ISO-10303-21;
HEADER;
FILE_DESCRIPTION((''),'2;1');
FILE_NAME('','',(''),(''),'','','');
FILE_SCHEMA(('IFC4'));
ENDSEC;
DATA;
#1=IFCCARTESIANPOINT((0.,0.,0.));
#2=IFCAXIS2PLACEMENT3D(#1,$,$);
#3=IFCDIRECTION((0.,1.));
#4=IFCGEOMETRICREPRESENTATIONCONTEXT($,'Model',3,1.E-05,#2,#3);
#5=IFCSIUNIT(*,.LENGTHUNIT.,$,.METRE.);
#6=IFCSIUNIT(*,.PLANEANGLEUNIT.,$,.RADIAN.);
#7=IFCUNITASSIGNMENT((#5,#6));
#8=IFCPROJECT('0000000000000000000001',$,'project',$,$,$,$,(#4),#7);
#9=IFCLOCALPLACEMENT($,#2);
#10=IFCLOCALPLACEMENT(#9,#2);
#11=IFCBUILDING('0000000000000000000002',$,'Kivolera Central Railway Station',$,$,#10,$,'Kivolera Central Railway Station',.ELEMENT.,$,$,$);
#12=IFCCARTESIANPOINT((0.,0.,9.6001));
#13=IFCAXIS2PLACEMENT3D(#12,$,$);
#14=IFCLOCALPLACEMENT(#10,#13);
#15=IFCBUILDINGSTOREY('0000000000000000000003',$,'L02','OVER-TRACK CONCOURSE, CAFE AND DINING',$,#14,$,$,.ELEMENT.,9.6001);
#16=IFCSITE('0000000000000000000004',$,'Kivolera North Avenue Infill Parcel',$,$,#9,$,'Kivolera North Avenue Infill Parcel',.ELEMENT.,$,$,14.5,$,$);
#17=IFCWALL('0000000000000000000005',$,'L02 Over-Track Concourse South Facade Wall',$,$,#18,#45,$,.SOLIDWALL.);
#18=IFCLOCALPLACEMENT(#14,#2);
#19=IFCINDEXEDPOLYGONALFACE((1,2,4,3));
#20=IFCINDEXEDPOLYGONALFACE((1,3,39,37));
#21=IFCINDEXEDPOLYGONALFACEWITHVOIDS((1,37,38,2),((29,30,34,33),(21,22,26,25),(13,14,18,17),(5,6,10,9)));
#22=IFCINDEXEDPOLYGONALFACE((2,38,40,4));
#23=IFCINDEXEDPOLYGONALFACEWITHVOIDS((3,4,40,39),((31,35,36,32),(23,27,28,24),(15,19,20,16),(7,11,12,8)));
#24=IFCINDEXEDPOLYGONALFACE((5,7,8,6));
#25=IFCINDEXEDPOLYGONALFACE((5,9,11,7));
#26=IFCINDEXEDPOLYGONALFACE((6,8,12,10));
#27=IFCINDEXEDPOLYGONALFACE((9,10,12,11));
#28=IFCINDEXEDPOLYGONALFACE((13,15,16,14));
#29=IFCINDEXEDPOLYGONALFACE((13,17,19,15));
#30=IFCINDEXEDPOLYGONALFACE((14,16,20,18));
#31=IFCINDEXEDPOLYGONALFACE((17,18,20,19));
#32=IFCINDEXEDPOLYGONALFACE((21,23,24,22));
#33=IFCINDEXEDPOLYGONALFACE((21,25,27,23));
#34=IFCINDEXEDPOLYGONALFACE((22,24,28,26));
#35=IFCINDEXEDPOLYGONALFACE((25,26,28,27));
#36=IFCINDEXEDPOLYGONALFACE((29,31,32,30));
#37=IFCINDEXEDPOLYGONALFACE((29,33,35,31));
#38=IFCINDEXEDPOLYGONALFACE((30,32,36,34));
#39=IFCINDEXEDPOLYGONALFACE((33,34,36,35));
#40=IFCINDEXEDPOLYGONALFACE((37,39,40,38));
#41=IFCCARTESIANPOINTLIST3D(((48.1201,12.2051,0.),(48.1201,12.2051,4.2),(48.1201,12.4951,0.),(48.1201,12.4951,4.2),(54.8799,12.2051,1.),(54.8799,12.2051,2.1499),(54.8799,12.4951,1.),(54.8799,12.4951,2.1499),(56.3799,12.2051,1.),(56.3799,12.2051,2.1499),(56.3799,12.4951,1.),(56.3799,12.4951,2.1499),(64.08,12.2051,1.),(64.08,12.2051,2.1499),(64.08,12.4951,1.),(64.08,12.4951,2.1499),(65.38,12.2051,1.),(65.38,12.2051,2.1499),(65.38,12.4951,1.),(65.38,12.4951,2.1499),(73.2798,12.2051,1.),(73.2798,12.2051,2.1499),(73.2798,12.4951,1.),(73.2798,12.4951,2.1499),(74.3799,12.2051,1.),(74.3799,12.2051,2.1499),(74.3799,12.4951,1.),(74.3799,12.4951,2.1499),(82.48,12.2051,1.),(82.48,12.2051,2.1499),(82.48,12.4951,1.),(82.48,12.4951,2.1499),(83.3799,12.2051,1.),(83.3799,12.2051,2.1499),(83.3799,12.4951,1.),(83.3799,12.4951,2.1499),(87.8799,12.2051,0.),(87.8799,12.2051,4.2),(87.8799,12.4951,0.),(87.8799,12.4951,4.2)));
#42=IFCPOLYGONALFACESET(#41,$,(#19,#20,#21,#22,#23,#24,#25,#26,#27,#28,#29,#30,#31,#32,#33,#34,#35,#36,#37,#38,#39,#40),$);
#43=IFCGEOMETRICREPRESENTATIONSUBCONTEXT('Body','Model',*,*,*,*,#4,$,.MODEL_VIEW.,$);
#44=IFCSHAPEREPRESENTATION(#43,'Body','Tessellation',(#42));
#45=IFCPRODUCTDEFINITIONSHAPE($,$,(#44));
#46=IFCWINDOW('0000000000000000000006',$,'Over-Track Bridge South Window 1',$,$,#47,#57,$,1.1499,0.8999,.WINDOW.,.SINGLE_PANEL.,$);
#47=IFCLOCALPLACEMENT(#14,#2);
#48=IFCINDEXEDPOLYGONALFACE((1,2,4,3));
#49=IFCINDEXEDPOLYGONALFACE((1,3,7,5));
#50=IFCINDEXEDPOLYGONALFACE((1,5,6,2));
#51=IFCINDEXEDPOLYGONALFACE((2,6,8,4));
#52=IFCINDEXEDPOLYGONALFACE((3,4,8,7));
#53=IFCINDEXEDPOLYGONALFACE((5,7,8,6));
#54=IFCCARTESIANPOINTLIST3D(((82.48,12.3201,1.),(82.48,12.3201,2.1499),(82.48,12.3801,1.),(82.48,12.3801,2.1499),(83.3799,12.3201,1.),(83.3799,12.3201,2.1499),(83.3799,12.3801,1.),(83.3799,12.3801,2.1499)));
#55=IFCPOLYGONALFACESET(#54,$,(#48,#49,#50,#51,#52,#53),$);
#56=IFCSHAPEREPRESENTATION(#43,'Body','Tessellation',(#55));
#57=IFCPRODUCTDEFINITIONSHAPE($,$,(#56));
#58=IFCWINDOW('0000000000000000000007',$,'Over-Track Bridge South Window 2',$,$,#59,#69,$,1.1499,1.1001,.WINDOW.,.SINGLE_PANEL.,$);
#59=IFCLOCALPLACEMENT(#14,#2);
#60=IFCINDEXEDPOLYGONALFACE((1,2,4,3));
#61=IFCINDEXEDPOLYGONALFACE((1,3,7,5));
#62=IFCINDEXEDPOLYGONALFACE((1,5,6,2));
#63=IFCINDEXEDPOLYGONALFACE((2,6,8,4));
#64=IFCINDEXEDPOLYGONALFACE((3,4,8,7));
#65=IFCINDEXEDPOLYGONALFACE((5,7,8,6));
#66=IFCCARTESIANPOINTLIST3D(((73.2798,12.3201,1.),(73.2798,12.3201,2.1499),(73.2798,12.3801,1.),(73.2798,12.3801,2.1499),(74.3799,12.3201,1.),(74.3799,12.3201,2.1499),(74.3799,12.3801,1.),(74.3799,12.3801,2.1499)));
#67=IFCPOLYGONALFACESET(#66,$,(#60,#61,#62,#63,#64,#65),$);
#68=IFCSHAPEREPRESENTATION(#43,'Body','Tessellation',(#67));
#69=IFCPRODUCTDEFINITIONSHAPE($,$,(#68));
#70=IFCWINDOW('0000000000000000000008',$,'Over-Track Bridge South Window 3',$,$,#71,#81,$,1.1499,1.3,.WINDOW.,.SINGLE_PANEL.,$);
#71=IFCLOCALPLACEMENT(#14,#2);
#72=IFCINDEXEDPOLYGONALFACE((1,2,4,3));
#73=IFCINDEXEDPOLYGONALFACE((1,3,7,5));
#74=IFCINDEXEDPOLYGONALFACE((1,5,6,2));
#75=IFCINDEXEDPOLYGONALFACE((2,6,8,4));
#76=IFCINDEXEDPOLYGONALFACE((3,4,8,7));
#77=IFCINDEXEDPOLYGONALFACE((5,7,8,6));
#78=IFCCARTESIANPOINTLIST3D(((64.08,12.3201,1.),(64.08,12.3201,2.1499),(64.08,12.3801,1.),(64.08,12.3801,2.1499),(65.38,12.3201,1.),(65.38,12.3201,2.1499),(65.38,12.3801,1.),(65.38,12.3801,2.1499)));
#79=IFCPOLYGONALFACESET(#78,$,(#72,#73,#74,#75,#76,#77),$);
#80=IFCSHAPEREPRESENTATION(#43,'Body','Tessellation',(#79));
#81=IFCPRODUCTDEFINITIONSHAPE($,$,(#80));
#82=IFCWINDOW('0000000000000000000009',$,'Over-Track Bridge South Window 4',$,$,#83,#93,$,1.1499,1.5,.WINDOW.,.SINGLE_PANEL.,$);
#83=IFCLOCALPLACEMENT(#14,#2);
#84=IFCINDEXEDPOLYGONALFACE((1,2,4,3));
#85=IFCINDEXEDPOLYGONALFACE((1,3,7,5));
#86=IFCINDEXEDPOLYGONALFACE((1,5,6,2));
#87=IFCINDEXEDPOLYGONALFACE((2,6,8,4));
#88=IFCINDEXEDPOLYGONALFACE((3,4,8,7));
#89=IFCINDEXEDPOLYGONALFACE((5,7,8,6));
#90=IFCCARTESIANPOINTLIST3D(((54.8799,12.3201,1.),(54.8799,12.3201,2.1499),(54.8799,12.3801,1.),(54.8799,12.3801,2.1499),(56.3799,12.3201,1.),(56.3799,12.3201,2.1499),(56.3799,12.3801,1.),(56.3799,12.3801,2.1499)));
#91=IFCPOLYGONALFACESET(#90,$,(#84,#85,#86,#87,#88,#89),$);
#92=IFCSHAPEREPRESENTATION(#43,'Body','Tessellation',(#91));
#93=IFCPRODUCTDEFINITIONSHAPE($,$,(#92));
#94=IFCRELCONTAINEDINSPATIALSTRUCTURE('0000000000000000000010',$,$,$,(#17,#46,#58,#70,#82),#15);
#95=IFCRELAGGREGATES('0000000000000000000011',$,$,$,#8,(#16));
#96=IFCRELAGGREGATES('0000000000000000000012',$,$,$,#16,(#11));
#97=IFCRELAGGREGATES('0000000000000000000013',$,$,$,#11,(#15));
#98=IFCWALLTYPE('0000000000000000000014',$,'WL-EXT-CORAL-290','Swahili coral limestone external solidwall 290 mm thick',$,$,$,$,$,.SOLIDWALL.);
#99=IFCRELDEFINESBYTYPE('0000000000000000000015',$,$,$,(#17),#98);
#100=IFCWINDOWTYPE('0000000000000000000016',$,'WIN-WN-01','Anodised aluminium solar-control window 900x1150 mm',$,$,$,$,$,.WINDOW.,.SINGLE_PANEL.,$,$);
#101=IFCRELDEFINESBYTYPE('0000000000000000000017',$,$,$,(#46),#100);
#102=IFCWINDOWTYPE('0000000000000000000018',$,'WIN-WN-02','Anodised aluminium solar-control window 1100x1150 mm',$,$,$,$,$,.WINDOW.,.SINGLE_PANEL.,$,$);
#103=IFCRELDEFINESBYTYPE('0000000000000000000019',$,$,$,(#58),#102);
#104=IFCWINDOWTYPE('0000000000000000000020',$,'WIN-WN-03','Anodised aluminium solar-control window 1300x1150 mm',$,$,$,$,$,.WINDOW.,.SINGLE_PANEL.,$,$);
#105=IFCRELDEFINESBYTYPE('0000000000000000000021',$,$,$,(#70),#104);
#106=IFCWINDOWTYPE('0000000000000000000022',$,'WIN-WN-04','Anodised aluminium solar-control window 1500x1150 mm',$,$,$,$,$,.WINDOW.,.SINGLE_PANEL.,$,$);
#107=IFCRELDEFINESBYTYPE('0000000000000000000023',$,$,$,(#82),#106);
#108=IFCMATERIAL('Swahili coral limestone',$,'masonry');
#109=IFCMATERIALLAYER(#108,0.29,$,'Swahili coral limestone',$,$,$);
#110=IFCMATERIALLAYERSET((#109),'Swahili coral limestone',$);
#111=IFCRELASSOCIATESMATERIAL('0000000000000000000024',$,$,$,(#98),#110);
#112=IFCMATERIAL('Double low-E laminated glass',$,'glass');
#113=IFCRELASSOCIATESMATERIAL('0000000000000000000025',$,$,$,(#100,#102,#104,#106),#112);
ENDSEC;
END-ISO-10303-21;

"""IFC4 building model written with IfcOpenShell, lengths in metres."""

from ifc_helpers import new_model, si_unit, direction, frame, frame_2d, origin, place, context, subcontext, project, spatial, rectangle, extrude, material, layer, layer_set, type_object, element, fill, save


model = new_model("IFC4")

# Units and contexts
model_context = context("Model", 3, precision=1e-05, world=origin(), true_north=direction((0.0, 1.0)))
body_context = subcontext(model_context, "Body", "Model", "MODEL_VIEW")
ifc_project = project(units=[si_unit("LENGTHUNIT", "METRE"), si_unit("PLANEANGLEUNIT", "RADIAN")], contexts=[model_context])

# Site, building, storey
site_placement = place(None, origin())
site = spatial("IfcSite", under=ifc_project, at=site_placement, Name="Kivolera North Avenue Infill Parcel", LongName="Kivolera North Avenue Infill Parcel", CompositionType="ELEMENT", RefElevation=14.5)
building_placement = place(site_placement, origin())
building = spatial("IfcBuilding", under=site, at=building_placement, Name="Kivolera Central Railway Station", LongName="Kivolera Central Railway Station", CompositionType="ELEMENT")
storey_placement = place(building_placement, frame((0.0, 0.0, 9.6001)))
storey = spatial("IfcBuildingStorey", under=building, at=storey_placement, Name="L02", Description="OVER-TRACK CONCOURSE, CAFE AND DINING", CompositionType="ELEMENT", Elevation=9.6001)

# Shared definitions
ifc_material_1 = material(Name="Double low-E laminated glass", Category="glass")

# Wall, openings, windows
ifc_material_2 = material(Name="Swahili coral limestone", Category="masonry")
ifc_layer_1 = layer(ifc_material_2, 0.29, Name="Swahili coral limestone")
ifc_layer_set_1 = layer_set([ifc_layer_1], Name="Swahili coral limestone")
wall_type = type_object("IfcWallType", Name="WL-EXT-CORAL-290", Description="Swahili coral limestone external solidwall 290 mm thick", PredefinedType="SOLIDWALL", material=ifc_layer_set_1)
wall_placement = place(storey_placement, frame((87.8799, 12.3501, 0.0), z_axis=(0.0, 0.0, 1.0), x_axis=(-1.0, 0.0, 0.0)))
wall = element("IfcWall", 1, at=wall_placement, inside=storey, type_object=wall_type, Name="L02 Over-Track Concourse South Facade Wall", PredefinedType="SOLIDWALL", context=body_context, shape_type="SweptSolid", body=[
    extrude(rectangle(XDim=39.7598, YDim=0.29, at=frame_2d((19.8799, 0.0))), origin(), (0.0, 0.0, 1.0), 4.2),
])
opening_1_placement = place(wall_placement, frame((4.5, 0.0, 1.0)))
opening_1 = element("IfcOpeningElement", 2, at=opening_1_placement, cuts=wall, PredefinedType="OPENING", context=body_context, shape_type="SweptSolid", body=[
    extrude(rectangle(XDim=0.8999, YDim=1.1499, at=frame_2d((0.45, 0.575))), frame((0.0, 0.155, 0.0), z_axis=(0.0, -1.0, 0.0), x_axis=(1.0, 0.0, 0.0)), (0.0, 0.0, 1.0), 0.3101),
])
opening_2_placement = place(wall_placement, frame((13.5, 0.0, 1.0)))
opening_2 = element("IfcOpeningElement", 3, at=opening_2_placement, cuts=wall, PredefinedType="OPENING", context=body_context, shape_type="SweptSolid", body=[
    extrude(rectangle(XDim=1.1001, YDim=1.1499, at=frame_2d((0.55, 0.575))), frame((0.0, 0.155, 0.0), z_axis=(0.0, -1.0, 0.0), x_axis=(1.0, 0.0, 0.0)), (0.0, 0.0, 1.0), 0.3101),
])
opening_3_placement = place(wall_placement, frame((22.5, 0.0, 1.0)))
opening_3 = element("IfcOpeningElement", 4, at=opening_3_placement, cuts=wall, PredefinedType="OPENING", context=body_context, shape_type="SweptSolid", body=[
    extrude(rectangle(XDim=1.3, YDim=1.1499, at=frame_2d((0.6499, 0.575))), frame((0.0, 0.155, 0.0), z_axis=(0.0, -1.0, 0.0), x_axis=(1.0, 0.0, 0.0)), (0.0, 0.0, 1.0), 0.3101),
])
opening_4_placement = place(wall_placement, frame((31.5, 0.0, 1.0)))
opening_4 = element("IfcOpeningElement", 5, at=opening_4_placement, cuts=wall, PredefinedType="OPENING", context=body_context, shape_type="SweptSolid", body=[
    extrude(rectangle(XDim=1.5, YDim=1.1499, at=frame_2d((0.75, 0.575))), frame((0.0, 0.155, 0.0), z_axis=(0.0, -1.0, 0.0), x_axis=(1.0, 0.0, 0.0)), (0.0, 0.0, 1.0), 0.3101),
])
window_type_1 = type_object("IfcWindowType", Name="WIN-WN-01", Description="Anodised aluminium solar-control window 900x1150 mm", PartitioningType="SINGLE_PANEL", PredefinedType="WINDOW", material=ifc_material_1)
window_1_placement = place(opening_1_placement, origin())
window_1 = element("IfcWindow", 6, at=window_1_placement, inside=storey, type_object=window_type_1, Name="Over-Track Bridge South Window 1", OverallHeight=1.1499, OverallWidth=0.8999, PartitioningType="SINGLE_PANEL", PredefinedType="WINDOW", context=body_context, shape_type="SweptSolid", body=[
    extrude(rectangle(XDim=0.8999, YDim=1.1499, at=frame_2d((0.45, 0.575))), frame((0.0, 0.03, 0.0), z_axis=(0.0, -1.0, 0.0), x_axis=(1.0, 0.0, 0.0)), (0.0, 0.0, 1.0), 0.0601),
])
fill(opening_1, window_1)
window_type_2 = type_object("IfcWindowType", Name="WIN-WN-02", Description="Anodised aluminium solar-control window 1100x1150 mm", PartitioningType="SINGLE_PANEL", PredefinedType="WINDOW", material=ifc_material_1)
window_2_placement = place(opening_2_placement, origin())
window_2 = element("IfcWindow", 7, at=window_2_placement, inside=storey, type_object=window_type_2, Name="Over-Track Bridge South Window 2", OverallHeight=1.1499, OverallWidth=1.1001, PartitioningType="SINGLE_PANEL", PredefinedType="WINDOW", context=body_context, shape_type="SweptSolid", body=[
    extrude(rectangle(XDim=1.1001, YDim=1.1499, at=frame_2d((0.55, 0.575))), frame((0.0, 0.03, 0.0), z_axis=(0.0, -1.0, 0.0), x_axis=(1.0, 0.0, 0.0)), (0.0, 0.0, 1.0), 0.0601),
])
fill(opening_2, window_2)
window_type_3 = type_object("IfcWindowType", Name="WIN-WN-03", Description="Anodised aluminium solar-control window 1300x1150 mm", PartitioningType="SINGLE_PANEL", PredefinedType="WINDOW", material=ifc_material_1)
window_3_placement = place(opening_3_placement, origin())
window_3 = element("IfcWindow", 8, at=window_3_placement, inside=storey, type_object=window_type_3, Name="Over-Track Bridge South Window 3", OverallHeight=1.1499, OverallWidth=1.3, PartitioningType="SINGLE_PANEL", PredefinedType="WINDOW", context=body_context, shape_type="SweptSolid", body=[
    extrude(rectangle(XDim=1.3, YDim=1.1499, at=frame_2d((0.6499, 0.575))), frame((0.0, 0.03, 0.0), z_axis=(0.0, -1.0, 0.0), x_axis=(1.0, 0.0, 0.0)), (0.0, 0.0, 1.0), 0.0601),
])
fill(opening_3, window_3)
window_type_4 = type_object("IfcWindowType", Name="WIN-WN-04", Description="Anodised aluminium solar-control window 1500x1150 mm", PartitioningType="SINGLE_PANEL", PredefinedType="WINDOW", material=ifc_material_1)
window_4_placement = place(opening_4_placement, origin())
window_4 = element("IfcWindow", 9, at=window_4_placement, inside=storey, type_object=window_type_4, Name="Over-Track Bridge South Window 4", OverallHeight=1.1499, OverallWidth=1.5, PartitioningType="SINGLE_PANEL", PredefinedType="WINDOW", context=body_context, shape_type="SweptSolid", body=[
    extrude(rectangle(XDim=1.5, YDim=1.1499, at=frame_2d((0.75, 0.575))), frame((0.0, 0.03, 0.0), z_axis=(0.0, -1.0, 0.0), x_axis=(1.0, 0.0, 0.0)), (0.0, 0.0, 1.0), 0.0601),
])
fill(opening_4, window_4)

save(model, "model.ifc")
